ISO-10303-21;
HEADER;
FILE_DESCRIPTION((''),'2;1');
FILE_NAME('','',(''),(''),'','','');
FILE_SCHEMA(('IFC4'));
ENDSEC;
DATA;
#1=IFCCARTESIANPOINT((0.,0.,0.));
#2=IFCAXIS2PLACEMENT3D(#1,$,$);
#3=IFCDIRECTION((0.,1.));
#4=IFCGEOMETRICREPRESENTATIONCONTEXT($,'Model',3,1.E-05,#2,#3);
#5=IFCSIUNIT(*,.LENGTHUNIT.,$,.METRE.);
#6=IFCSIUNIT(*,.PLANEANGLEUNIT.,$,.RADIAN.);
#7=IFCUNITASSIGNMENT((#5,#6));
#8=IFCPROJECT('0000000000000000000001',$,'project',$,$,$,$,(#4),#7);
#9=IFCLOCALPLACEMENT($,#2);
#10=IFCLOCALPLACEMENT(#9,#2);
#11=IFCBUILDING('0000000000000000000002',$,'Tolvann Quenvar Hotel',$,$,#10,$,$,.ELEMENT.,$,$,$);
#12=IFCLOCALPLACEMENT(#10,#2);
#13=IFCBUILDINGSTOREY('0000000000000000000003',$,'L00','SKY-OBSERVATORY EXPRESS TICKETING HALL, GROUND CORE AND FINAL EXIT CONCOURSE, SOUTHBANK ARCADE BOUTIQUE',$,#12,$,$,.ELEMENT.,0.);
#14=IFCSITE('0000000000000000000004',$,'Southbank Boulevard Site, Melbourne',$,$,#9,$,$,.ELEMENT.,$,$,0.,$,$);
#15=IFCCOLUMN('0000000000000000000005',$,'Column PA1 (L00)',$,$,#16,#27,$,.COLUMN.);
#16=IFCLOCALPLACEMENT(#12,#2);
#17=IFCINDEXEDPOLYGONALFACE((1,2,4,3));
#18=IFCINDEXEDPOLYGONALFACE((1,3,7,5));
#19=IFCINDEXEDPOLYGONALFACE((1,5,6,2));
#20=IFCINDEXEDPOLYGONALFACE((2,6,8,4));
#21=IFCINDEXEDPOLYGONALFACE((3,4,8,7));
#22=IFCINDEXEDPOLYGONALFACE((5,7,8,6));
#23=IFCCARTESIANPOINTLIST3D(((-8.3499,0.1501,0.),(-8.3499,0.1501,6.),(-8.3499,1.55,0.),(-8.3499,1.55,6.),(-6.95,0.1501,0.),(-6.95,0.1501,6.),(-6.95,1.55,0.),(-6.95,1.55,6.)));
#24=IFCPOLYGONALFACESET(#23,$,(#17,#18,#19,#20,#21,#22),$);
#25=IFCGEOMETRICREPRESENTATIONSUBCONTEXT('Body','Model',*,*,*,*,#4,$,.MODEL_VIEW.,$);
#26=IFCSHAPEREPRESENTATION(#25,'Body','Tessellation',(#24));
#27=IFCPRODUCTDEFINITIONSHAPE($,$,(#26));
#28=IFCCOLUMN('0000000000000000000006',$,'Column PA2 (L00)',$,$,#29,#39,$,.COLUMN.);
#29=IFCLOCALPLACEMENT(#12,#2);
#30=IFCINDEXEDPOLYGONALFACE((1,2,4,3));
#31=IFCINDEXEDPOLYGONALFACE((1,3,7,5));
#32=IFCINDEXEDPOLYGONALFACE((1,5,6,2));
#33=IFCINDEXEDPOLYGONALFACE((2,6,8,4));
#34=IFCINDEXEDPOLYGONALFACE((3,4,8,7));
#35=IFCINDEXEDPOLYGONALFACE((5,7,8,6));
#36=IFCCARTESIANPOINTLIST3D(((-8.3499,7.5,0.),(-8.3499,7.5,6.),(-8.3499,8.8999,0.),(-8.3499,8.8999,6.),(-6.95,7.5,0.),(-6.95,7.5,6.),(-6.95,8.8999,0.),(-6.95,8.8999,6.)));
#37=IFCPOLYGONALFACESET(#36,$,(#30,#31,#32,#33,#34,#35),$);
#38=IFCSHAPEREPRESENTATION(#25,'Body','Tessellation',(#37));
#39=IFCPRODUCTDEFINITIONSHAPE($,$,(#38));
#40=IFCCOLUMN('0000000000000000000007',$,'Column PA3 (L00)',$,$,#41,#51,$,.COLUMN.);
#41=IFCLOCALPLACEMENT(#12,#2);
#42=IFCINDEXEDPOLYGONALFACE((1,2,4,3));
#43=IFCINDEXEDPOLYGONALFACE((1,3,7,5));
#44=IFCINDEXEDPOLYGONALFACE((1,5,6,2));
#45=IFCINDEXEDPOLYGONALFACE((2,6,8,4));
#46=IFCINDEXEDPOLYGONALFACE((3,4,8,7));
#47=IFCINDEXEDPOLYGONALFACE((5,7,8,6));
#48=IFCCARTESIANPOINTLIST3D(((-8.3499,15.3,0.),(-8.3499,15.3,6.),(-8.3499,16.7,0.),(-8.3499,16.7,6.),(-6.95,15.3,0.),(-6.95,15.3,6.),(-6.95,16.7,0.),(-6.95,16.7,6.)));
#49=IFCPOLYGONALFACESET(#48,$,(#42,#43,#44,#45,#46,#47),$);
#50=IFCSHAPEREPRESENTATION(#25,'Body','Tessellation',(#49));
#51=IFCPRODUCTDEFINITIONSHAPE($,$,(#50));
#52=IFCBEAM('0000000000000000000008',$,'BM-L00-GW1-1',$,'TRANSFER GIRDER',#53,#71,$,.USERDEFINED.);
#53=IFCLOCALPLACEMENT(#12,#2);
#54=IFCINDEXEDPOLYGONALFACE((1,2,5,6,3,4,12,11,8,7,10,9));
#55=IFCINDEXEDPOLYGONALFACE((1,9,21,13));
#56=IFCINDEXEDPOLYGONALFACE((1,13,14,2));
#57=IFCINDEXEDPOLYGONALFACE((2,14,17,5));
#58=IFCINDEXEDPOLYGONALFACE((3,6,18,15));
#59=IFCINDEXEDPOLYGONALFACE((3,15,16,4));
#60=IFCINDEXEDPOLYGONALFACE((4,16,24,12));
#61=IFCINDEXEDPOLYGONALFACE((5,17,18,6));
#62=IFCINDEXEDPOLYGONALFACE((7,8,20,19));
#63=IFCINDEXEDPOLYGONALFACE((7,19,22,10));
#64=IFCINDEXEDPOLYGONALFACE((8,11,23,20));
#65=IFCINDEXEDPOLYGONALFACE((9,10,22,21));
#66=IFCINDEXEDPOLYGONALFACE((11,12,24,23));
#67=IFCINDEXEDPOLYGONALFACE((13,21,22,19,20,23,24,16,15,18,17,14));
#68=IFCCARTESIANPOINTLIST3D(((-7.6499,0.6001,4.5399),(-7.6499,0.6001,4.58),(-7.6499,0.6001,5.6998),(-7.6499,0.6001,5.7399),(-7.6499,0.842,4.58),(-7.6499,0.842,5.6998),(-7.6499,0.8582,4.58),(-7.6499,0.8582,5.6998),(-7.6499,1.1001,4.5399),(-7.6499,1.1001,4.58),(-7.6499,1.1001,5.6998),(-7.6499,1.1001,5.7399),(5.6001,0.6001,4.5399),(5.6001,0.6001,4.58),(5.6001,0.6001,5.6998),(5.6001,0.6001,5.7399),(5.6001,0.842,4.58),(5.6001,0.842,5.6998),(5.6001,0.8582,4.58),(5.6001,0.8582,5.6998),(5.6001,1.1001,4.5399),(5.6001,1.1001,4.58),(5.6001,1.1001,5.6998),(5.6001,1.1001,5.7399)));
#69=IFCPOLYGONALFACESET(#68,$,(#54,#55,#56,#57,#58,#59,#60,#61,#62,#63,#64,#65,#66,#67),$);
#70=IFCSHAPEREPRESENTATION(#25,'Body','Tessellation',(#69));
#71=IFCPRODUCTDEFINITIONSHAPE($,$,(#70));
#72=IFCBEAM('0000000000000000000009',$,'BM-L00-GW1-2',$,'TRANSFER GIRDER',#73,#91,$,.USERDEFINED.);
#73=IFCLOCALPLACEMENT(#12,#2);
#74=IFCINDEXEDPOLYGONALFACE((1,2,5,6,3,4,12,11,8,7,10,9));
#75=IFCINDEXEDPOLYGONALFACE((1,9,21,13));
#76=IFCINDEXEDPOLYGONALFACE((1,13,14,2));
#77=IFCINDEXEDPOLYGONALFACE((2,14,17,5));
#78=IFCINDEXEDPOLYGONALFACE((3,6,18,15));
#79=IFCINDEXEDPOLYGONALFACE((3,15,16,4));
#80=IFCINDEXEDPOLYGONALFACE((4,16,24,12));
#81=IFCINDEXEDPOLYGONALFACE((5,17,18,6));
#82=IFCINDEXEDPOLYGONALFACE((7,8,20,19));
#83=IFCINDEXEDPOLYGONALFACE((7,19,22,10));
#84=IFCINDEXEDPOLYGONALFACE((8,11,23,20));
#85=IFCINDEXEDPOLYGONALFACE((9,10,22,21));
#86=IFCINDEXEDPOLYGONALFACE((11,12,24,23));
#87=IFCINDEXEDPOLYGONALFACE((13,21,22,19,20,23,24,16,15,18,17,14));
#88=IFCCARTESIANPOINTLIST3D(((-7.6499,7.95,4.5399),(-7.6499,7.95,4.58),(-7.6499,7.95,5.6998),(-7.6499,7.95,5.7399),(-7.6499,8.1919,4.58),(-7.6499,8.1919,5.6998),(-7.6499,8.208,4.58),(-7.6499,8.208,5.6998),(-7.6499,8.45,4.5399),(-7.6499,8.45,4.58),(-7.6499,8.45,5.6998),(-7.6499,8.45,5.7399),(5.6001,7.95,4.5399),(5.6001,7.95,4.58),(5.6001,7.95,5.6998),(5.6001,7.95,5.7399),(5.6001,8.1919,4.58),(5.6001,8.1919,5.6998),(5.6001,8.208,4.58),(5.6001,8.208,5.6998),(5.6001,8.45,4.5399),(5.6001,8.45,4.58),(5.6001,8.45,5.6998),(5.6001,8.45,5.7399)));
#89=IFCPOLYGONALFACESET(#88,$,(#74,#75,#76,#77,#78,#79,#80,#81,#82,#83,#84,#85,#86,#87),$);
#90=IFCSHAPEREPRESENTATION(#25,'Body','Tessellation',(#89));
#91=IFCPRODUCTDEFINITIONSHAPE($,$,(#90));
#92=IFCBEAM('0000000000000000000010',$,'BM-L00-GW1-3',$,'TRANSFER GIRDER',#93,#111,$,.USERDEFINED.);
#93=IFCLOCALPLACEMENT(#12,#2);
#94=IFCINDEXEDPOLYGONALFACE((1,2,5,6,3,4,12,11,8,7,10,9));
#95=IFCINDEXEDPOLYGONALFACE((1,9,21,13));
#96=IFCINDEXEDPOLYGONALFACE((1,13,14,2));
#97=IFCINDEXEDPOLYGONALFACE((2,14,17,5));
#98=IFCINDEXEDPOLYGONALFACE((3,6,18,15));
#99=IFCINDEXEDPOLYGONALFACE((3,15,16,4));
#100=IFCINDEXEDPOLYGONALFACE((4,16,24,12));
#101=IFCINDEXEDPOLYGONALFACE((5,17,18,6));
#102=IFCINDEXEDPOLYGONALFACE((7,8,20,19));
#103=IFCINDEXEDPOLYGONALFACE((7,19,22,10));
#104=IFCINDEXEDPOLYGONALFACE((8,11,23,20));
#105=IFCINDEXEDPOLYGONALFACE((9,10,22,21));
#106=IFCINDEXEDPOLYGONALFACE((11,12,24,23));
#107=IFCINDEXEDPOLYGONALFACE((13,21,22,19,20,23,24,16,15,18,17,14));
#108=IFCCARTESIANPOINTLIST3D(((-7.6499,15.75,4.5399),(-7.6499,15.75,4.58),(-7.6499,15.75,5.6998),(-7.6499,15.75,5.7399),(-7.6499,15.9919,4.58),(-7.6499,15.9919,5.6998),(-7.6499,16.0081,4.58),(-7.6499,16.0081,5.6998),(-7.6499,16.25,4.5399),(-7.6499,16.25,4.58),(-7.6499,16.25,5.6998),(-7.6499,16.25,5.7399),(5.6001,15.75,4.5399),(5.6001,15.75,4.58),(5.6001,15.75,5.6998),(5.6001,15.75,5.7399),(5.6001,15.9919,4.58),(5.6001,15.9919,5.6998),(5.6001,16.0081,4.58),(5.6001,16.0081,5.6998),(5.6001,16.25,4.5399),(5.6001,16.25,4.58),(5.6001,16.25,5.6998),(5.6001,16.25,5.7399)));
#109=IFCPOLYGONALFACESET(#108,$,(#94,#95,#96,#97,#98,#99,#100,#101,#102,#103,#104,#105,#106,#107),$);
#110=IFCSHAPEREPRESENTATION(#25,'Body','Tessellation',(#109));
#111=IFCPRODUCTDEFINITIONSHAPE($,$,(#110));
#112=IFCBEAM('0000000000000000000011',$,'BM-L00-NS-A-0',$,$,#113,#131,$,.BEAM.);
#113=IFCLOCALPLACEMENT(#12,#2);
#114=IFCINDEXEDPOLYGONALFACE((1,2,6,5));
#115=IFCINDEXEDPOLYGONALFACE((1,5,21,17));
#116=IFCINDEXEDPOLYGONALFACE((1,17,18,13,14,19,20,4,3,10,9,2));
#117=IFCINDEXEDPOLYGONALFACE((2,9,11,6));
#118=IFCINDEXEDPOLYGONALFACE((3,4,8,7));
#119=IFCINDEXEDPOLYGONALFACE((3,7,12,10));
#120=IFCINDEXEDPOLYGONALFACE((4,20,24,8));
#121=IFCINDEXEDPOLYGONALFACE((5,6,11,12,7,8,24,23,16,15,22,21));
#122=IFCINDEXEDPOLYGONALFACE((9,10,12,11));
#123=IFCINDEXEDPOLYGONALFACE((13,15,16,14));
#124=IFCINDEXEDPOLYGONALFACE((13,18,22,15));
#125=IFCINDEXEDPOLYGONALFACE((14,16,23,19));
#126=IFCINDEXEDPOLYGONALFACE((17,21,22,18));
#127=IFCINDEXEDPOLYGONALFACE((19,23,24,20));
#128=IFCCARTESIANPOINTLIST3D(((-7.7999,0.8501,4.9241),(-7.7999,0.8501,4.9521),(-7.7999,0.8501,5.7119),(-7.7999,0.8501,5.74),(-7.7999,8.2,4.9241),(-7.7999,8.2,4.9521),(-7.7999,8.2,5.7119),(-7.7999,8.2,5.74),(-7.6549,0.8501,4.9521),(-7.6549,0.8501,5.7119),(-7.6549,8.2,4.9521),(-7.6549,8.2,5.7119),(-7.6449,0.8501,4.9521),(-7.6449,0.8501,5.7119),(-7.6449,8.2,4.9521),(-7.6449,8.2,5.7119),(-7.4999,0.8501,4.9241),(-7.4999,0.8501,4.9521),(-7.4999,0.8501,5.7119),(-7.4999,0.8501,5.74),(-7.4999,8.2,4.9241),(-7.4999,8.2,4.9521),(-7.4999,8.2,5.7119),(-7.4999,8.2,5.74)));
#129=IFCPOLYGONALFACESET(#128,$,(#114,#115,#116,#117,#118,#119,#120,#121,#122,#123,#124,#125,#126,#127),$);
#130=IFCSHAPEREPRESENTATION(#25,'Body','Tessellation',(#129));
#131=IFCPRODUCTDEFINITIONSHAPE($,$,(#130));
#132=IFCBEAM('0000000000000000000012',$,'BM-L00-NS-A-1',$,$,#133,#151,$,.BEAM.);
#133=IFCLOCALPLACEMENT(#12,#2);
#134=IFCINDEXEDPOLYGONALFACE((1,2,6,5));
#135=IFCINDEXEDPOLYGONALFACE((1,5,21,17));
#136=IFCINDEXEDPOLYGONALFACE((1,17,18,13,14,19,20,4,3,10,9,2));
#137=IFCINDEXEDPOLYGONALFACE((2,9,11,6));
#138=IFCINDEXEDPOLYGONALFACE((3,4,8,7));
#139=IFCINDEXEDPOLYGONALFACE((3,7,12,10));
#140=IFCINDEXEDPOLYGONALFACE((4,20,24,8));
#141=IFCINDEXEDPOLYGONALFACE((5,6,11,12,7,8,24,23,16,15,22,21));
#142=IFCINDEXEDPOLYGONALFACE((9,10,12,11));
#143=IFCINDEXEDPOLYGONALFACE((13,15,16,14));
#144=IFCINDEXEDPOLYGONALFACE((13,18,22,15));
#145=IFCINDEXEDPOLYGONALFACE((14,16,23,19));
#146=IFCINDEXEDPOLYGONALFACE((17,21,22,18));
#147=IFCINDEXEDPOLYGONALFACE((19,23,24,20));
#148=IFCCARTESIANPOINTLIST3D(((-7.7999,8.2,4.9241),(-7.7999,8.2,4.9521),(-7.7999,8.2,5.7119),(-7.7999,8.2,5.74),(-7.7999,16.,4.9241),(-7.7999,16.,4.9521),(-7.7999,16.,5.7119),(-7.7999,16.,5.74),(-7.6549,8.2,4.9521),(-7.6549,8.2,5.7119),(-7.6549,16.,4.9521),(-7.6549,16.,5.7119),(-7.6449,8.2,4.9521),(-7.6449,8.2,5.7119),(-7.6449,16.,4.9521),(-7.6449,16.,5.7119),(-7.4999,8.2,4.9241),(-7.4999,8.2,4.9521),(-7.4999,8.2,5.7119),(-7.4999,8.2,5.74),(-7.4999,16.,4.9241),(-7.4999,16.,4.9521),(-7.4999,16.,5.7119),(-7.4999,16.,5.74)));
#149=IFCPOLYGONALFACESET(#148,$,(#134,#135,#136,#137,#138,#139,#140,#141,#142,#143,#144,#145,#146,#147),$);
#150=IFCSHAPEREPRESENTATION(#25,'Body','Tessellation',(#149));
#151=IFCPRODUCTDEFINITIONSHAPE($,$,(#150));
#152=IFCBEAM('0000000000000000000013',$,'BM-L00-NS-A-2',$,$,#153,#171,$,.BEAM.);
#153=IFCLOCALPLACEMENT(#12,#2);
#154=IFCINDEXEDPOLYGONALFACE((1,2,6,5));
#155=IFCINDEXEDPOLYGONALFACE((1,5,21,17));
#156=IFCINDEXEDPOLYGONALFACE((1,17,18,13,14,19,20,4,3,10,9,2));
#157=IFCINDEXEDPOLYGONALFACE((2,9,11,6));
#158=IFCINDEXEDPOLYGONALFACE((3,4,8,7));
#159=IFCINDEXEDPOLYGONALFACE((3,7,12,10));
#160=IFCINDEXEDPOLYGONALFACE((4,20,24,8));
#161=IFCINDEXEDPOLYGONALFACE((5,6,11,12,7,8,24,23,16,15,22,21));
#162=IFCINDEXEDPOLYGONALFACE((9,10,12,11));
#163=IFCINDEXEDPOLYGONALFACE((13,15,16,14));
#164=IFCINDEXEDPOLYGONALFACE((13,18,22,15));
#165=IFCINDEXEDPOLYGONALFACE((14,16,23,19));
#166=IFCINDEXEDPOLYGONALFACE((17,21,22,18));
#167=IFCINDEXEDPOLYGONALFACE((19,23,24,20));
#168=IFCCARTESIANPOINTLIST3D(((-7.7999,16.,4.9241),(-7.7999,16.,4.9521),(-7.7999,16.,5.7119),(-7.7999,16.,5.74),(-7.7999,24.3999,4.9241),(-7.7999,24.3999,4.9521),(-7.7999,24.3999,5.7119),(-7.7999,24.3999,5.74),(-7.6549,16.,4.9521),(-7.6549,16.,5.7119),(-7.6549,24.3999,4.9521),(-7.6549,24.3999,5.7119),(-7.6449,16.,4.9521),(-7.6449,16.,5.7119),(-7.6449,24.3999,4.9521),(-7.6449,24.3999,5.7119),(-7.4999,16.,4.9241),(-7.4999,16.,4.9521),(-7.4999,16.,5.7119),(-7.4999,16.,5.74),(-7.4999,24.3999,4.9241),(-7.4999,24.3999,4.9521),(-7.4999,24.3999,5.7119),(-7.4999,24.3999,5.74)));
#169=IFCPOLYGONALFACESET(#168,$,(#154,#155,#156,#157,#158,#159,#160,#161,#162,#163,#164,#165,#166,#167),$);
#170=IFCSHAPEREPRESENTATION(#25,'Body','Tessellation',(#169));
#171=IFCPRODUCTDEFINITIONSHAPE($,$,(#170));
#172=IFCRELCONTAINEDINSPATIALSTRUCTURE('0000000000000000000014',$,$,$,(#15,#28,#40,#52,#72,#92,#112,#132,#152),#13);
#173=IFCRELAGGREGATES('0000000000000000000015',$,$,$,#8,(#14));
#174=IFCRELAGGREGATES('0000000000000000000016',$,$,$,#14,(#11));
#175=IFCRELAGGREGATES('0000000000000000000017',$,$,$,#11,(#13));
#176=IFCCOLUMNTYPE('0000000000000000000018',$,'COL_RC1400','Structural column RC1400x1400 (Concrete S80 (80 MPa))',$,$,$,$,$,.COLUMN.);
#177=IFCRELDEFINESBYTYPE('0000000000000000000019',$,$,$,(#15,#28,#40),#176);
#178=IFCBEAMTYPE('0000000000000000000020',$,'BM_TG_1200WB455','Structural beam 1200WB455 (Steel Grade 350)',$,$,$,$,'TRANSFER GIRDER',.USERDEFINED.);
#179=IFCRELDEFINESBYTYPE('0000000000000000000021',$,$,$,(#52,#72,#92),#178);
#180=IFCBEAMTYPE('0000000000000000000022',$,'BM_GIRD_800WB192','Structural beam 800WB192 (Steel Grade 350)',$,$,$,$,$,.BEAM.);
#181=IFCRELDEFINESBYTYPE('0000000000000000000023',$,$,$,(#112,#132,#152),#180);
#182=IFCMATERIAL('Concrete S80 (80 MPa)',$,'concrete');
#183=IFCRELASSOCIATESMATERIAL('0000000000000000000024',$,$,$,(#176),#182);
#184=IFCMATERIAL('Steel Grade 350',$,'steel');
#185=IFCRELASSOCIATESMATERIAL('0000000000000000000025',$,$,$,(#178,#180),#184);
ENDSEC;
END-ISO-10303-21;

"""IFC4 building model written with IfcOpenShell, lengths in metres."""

from ifc_helpers import new_model, si_unit, direction, frame, origin, origin_2d, place, context, subcontext, project, spatial, rectangle, i_section, extrude, source, transform, mapped, material, material_profile, profile_set, type_object, type_shapes, element, save


model = new_model("IFC4")

# Units and contexts
model_context = context("Model", 3, precision=1e-05, world=origin(), true_north=direction((0.0, 1.0)))
body_context = subcontext(model_context, "Body", "Model", "MODEL_VIEW")
ifc_project = project(units=[si_unit("LENGTHUNIT", "METRE"), si_unit("PLANEANGLEUNIT", "RADIAN")], contexts=[model_context])

# Site, building, storey
site_placement = place(None, origin())
site = spatial("IfcSite", under=ifc_project, at=site_placement, Name="Southbank Boulevard Site, Melbourne", CompositionType="ELEMENT", RefElevation=0.0)
building_placement = place(site_placement, origin())
building = spatial("IfcBuilding", under=site, at=building_placement, Name="Tolvann Quenvar Hotel", CompositionType="ELEMENT")
storey_placement = place(building_placement, origin())
storey = spatial("IfcBuildingStorey", under=building, at=storey_placement, Name="L00", Description="SKY-OBSERVATORY EXPRESS TICKETING HALL, GROUND CORE AND FINAL EXIT CONCOURSE, SOUTHBANK ARCADE BOUTIQUE", CompositionType="ELEMENT", Elevation=0.0)

# Columns
ifc_material_1 = material(Name="Concrete S80 (80 MPa)", Category="concrete")
ifc_material_profile_1 = material_profile(ifc_material_1, rectangle(XDim=1.3999, YDim=1.3999, at=origin_2d()), Name="RC1400x1400")
ifc_profile_set_1 = profile_set([ifc_material_profile_1], Name="Concrete S80 (80 MPa)")
column_type = type_object("IfcColumnType", Name="COL_RC1400", Description="Structural column RC1400x1400 (Concrete S80 (80 MPa))", PredefinedType="COLUMN", material=ifc_profile_set_1)
shared_shape_1 = source(origin(), body_context, "Body", "SweptSolid", [
    extrude(rectangle(XDim=1.3999, YDim=1.3999, at=origin_2d()), origin(), (0.0, 0.0, 1.0), 6.0),
])
type_shapes(column_type, [shared_shape_1])
for number, where, z_axis, x_axis, name in (
    (1, (-7.6499, 0.8501, 0.0), (0.0, 0.0, 1.0), (1.0, 0.0, 0.0), "Column PA1 (L00)"),
    (2, (-7.6499, 8.2, 0.0), (0.0, 0.0, 1.0), (1.0, 0.0, 0.0), "Column PA2 (L00)"),
    (3, (-7.6499, 16.0, 0.0), (0.0, 0.0, 1.0), (1.0, 0.0, 0.0), "Column PA3 (L00)"),
):
    element("IfcColumn", number, at=place(storey_placement, frame(where, z_axis=z_axis, x_axis=x_axis)), inside=storey, type_object=column_type, Name=name, PredefinedType="COLUMN", context=body_context, shape_type="MappedRepresentation", body=[
        mapped(shared_shape_1, transform((0.0, 0.0, 0.0), x_axis=(1.0, 0.0, 0.0), y_axis=(0.0, 1.0, 0.0), z_axis=(0.0, 0.0, 1.0), scale=1.0)),
    ])

# Beams
ifc_material_2 = material(Name="Steel Grade 350", Category="steel")
ifc_material_profile_2 = material_profile(ifc_material_2, i_section(OverallWidth=0.5, OverallDepth=1.2, WebThickness=0.0161, FlangeThickness=0.04, at=origin_2d()), Name="1200WB455")
ifc_profile_set_2 = profile_set([ifc_material_profile_2], Name="Steel Grade 350")
beam_type_1 = type_object("IfcBeamType", Name="BM_TG_1200WB455", Description="Structural beam 1200WB455 (Steel Grade 350)", ElementType="TRANSFER GIRDER", PredefinedType="USERDEFINED", material=ifc_profile_set_2)
shared_shape_2 = source(origin(), body_context, "Body", "SweptSolid", [
    extrude(i_section(OverallWidth=0.5, OverallDepth=1.2, WebThickness=0.0161, FlangeThickness=0.04, at=origin_2d()), origin(), (0.0, 0.0, 1.0), 13.25),
])
type_shapes(beam_type_1, [shared_shape_2])
for number, where, z_axis, x_axis, name in (
    (4, (-7.6499, 0.8501, 5.1399), (1.0, 0.0, 0.0), (0.0, 1.0, 0.0), "BM-L00-GW1-1"),
    (5, (-7.6499, 8.2, 5.1399), (1.0, 0.0, 0.0), (0.0, 1.0, 0.0), "BM-L00-GW1-2"),
    (6, (-7.6499, 16.0, 5.1399), (1.0, 0.0, 0.0), (0.0, 1.0, 0.0), "BM-L00-GW1-3"),
):
    element("IfcBeam", number, at=place(storey_placement, frame(where, z_axis=z_axis, x_axis=x_axis)), inside=storey, type_object=beam_type_1, Name=name, ObjectType="TRANSFER GIRDER", PredefinedType="USERDEFINED", context=body_context, shape_type="MappedRepresentation", body=[
        mapped(shared_shape_2, transform((0.0, 0.0, 0.0), x_axis=(1.0, 0.0, 0.0), y_axis=(0.0, 1.0, 0.0), z_axis=(0.0, 0.0, 1.0), scale=1.0)),
    ])
ifc_material_profile_3 = material_profile(ifc_material_2, i_section(OverallWidth=0.3, OverallDepth=0.8159, WebThickness=0.01, FlangeThickness=0.0281, at=origin_2d()), Name="800WB192")
ifc_profile_set_3 = profile_set([ifc_material_profile_3], Name="Steel Grade 350")
beam_type_2 = type_object("IfcBeamType", Name="BM_GIRD_800WB192", Description="Structural beam 800WB192 (Steel Grade 350)", PredefinedType="BEAM", material=ifc_profile_set_3)
shared_shape_3 = source(origin(), body_context, "Body", "SweptSolid", [
    extrude(i_section(OverallWidth=0.3, OverallDepth=0.8159, WebThickness=0.01, FlangeThickness=0.0281, at=origin_2d()), origin(), (0.0, 0.0, 1.0), 7.3499),
])
beam_1_placement = place(storey_placement, frame((-7.6499, 0.8501, 5.332), z_axis=(0.0, 1.0, 0.0), x_axis=(-1.0, 0.0, 0.0)))
element("IfcBeam", 7, at=beam_1_placement, inside=storey, type_object=beam_type_2, Name="BM-L00-NS-A-0", PredefinedType="BEAM", context=body_context, shape_type="MappedRepresentation", body=[
    mapped(shared_shape_3, transform((0.0, 0.0, 0.0), x_axis=(1.0, 0.0, 0.0), y_axis=(0.0, 1.0, 0.0), z_axis=(0.0, 0.0, 1.0), scale=1.0)),
])
shared_shape_4 = source(origin(), body_context, "Body", "SweptSolid", [
    extrude(i_section(OverallWidth=0.3, OverallDepth=0.8159, WebThickness=0.01, FlangeThickness=0.0281, at=origin_2d()), origin(), (0.0, 0.0, 1.0), 7.8),
])
beam_2_placement = place(storey_placement, frame((-7.6499, 8.2, 5.332), z_axis=(0.0, 1.0, 0.0), x_axis=(-1.0, 0.0, 0.0)))
element("IfcBeam", 8, at=beam_2_placement, inside=storey, type_object=beam_type_2, Name="BM-L00-NS-A-1", PredefinedType="BEAM", context=body_context, shape_type="MappedRepresentation", body=[
    mapped(shared_shape_4, transform((0.0, 0.0, 0.0), x_axis=(1.0, 0.0, 0.0), y_axis=(0.0, 1.0, 0.0), z_axis=(0.0, 0.0, 1.0), scale=1.0)),
])
shared_shape_5 = source(origin(), body_context, "Body", "SweptSolid", [
    extrude(i_section(OverallWidth=0.3, OverallDepth=0.8159, WebThickness=0.01, FlangeThickness=0.0281, at=origin_2d()), origin(), (0.0, 0.0, 1.0), 8.3999),
])
type_shapes(beam_type_2, [shared_shape_3, shared_shape_4, shared_shape_5])
beam_3_placement = place(storey_placement, frame((-7.6499, 16.0, 5.332), z_axis=(0.0, 1.0, 0.0), x_axis=(-1.0, 0.0, 0.0)))
element("IfcBeam", 9, at=beam_3_placement, inside=storey, type_object=beam_type_2, Name="BM-L00-NS-A-2", PredefinedType="BEAM", context=body_context, shape_type="MappedRepresentation", body=[
    mapped(shared_shape_5, transform((0.0, 0.0, 0.0), x_axis=(1.0, 0.0, 0.0), y_axis=(0.0, 1.0, 0.0), z_axis=(0.0, 0.0, 1.0), scale=1.0)),
])

save(model, "model.ifc")
